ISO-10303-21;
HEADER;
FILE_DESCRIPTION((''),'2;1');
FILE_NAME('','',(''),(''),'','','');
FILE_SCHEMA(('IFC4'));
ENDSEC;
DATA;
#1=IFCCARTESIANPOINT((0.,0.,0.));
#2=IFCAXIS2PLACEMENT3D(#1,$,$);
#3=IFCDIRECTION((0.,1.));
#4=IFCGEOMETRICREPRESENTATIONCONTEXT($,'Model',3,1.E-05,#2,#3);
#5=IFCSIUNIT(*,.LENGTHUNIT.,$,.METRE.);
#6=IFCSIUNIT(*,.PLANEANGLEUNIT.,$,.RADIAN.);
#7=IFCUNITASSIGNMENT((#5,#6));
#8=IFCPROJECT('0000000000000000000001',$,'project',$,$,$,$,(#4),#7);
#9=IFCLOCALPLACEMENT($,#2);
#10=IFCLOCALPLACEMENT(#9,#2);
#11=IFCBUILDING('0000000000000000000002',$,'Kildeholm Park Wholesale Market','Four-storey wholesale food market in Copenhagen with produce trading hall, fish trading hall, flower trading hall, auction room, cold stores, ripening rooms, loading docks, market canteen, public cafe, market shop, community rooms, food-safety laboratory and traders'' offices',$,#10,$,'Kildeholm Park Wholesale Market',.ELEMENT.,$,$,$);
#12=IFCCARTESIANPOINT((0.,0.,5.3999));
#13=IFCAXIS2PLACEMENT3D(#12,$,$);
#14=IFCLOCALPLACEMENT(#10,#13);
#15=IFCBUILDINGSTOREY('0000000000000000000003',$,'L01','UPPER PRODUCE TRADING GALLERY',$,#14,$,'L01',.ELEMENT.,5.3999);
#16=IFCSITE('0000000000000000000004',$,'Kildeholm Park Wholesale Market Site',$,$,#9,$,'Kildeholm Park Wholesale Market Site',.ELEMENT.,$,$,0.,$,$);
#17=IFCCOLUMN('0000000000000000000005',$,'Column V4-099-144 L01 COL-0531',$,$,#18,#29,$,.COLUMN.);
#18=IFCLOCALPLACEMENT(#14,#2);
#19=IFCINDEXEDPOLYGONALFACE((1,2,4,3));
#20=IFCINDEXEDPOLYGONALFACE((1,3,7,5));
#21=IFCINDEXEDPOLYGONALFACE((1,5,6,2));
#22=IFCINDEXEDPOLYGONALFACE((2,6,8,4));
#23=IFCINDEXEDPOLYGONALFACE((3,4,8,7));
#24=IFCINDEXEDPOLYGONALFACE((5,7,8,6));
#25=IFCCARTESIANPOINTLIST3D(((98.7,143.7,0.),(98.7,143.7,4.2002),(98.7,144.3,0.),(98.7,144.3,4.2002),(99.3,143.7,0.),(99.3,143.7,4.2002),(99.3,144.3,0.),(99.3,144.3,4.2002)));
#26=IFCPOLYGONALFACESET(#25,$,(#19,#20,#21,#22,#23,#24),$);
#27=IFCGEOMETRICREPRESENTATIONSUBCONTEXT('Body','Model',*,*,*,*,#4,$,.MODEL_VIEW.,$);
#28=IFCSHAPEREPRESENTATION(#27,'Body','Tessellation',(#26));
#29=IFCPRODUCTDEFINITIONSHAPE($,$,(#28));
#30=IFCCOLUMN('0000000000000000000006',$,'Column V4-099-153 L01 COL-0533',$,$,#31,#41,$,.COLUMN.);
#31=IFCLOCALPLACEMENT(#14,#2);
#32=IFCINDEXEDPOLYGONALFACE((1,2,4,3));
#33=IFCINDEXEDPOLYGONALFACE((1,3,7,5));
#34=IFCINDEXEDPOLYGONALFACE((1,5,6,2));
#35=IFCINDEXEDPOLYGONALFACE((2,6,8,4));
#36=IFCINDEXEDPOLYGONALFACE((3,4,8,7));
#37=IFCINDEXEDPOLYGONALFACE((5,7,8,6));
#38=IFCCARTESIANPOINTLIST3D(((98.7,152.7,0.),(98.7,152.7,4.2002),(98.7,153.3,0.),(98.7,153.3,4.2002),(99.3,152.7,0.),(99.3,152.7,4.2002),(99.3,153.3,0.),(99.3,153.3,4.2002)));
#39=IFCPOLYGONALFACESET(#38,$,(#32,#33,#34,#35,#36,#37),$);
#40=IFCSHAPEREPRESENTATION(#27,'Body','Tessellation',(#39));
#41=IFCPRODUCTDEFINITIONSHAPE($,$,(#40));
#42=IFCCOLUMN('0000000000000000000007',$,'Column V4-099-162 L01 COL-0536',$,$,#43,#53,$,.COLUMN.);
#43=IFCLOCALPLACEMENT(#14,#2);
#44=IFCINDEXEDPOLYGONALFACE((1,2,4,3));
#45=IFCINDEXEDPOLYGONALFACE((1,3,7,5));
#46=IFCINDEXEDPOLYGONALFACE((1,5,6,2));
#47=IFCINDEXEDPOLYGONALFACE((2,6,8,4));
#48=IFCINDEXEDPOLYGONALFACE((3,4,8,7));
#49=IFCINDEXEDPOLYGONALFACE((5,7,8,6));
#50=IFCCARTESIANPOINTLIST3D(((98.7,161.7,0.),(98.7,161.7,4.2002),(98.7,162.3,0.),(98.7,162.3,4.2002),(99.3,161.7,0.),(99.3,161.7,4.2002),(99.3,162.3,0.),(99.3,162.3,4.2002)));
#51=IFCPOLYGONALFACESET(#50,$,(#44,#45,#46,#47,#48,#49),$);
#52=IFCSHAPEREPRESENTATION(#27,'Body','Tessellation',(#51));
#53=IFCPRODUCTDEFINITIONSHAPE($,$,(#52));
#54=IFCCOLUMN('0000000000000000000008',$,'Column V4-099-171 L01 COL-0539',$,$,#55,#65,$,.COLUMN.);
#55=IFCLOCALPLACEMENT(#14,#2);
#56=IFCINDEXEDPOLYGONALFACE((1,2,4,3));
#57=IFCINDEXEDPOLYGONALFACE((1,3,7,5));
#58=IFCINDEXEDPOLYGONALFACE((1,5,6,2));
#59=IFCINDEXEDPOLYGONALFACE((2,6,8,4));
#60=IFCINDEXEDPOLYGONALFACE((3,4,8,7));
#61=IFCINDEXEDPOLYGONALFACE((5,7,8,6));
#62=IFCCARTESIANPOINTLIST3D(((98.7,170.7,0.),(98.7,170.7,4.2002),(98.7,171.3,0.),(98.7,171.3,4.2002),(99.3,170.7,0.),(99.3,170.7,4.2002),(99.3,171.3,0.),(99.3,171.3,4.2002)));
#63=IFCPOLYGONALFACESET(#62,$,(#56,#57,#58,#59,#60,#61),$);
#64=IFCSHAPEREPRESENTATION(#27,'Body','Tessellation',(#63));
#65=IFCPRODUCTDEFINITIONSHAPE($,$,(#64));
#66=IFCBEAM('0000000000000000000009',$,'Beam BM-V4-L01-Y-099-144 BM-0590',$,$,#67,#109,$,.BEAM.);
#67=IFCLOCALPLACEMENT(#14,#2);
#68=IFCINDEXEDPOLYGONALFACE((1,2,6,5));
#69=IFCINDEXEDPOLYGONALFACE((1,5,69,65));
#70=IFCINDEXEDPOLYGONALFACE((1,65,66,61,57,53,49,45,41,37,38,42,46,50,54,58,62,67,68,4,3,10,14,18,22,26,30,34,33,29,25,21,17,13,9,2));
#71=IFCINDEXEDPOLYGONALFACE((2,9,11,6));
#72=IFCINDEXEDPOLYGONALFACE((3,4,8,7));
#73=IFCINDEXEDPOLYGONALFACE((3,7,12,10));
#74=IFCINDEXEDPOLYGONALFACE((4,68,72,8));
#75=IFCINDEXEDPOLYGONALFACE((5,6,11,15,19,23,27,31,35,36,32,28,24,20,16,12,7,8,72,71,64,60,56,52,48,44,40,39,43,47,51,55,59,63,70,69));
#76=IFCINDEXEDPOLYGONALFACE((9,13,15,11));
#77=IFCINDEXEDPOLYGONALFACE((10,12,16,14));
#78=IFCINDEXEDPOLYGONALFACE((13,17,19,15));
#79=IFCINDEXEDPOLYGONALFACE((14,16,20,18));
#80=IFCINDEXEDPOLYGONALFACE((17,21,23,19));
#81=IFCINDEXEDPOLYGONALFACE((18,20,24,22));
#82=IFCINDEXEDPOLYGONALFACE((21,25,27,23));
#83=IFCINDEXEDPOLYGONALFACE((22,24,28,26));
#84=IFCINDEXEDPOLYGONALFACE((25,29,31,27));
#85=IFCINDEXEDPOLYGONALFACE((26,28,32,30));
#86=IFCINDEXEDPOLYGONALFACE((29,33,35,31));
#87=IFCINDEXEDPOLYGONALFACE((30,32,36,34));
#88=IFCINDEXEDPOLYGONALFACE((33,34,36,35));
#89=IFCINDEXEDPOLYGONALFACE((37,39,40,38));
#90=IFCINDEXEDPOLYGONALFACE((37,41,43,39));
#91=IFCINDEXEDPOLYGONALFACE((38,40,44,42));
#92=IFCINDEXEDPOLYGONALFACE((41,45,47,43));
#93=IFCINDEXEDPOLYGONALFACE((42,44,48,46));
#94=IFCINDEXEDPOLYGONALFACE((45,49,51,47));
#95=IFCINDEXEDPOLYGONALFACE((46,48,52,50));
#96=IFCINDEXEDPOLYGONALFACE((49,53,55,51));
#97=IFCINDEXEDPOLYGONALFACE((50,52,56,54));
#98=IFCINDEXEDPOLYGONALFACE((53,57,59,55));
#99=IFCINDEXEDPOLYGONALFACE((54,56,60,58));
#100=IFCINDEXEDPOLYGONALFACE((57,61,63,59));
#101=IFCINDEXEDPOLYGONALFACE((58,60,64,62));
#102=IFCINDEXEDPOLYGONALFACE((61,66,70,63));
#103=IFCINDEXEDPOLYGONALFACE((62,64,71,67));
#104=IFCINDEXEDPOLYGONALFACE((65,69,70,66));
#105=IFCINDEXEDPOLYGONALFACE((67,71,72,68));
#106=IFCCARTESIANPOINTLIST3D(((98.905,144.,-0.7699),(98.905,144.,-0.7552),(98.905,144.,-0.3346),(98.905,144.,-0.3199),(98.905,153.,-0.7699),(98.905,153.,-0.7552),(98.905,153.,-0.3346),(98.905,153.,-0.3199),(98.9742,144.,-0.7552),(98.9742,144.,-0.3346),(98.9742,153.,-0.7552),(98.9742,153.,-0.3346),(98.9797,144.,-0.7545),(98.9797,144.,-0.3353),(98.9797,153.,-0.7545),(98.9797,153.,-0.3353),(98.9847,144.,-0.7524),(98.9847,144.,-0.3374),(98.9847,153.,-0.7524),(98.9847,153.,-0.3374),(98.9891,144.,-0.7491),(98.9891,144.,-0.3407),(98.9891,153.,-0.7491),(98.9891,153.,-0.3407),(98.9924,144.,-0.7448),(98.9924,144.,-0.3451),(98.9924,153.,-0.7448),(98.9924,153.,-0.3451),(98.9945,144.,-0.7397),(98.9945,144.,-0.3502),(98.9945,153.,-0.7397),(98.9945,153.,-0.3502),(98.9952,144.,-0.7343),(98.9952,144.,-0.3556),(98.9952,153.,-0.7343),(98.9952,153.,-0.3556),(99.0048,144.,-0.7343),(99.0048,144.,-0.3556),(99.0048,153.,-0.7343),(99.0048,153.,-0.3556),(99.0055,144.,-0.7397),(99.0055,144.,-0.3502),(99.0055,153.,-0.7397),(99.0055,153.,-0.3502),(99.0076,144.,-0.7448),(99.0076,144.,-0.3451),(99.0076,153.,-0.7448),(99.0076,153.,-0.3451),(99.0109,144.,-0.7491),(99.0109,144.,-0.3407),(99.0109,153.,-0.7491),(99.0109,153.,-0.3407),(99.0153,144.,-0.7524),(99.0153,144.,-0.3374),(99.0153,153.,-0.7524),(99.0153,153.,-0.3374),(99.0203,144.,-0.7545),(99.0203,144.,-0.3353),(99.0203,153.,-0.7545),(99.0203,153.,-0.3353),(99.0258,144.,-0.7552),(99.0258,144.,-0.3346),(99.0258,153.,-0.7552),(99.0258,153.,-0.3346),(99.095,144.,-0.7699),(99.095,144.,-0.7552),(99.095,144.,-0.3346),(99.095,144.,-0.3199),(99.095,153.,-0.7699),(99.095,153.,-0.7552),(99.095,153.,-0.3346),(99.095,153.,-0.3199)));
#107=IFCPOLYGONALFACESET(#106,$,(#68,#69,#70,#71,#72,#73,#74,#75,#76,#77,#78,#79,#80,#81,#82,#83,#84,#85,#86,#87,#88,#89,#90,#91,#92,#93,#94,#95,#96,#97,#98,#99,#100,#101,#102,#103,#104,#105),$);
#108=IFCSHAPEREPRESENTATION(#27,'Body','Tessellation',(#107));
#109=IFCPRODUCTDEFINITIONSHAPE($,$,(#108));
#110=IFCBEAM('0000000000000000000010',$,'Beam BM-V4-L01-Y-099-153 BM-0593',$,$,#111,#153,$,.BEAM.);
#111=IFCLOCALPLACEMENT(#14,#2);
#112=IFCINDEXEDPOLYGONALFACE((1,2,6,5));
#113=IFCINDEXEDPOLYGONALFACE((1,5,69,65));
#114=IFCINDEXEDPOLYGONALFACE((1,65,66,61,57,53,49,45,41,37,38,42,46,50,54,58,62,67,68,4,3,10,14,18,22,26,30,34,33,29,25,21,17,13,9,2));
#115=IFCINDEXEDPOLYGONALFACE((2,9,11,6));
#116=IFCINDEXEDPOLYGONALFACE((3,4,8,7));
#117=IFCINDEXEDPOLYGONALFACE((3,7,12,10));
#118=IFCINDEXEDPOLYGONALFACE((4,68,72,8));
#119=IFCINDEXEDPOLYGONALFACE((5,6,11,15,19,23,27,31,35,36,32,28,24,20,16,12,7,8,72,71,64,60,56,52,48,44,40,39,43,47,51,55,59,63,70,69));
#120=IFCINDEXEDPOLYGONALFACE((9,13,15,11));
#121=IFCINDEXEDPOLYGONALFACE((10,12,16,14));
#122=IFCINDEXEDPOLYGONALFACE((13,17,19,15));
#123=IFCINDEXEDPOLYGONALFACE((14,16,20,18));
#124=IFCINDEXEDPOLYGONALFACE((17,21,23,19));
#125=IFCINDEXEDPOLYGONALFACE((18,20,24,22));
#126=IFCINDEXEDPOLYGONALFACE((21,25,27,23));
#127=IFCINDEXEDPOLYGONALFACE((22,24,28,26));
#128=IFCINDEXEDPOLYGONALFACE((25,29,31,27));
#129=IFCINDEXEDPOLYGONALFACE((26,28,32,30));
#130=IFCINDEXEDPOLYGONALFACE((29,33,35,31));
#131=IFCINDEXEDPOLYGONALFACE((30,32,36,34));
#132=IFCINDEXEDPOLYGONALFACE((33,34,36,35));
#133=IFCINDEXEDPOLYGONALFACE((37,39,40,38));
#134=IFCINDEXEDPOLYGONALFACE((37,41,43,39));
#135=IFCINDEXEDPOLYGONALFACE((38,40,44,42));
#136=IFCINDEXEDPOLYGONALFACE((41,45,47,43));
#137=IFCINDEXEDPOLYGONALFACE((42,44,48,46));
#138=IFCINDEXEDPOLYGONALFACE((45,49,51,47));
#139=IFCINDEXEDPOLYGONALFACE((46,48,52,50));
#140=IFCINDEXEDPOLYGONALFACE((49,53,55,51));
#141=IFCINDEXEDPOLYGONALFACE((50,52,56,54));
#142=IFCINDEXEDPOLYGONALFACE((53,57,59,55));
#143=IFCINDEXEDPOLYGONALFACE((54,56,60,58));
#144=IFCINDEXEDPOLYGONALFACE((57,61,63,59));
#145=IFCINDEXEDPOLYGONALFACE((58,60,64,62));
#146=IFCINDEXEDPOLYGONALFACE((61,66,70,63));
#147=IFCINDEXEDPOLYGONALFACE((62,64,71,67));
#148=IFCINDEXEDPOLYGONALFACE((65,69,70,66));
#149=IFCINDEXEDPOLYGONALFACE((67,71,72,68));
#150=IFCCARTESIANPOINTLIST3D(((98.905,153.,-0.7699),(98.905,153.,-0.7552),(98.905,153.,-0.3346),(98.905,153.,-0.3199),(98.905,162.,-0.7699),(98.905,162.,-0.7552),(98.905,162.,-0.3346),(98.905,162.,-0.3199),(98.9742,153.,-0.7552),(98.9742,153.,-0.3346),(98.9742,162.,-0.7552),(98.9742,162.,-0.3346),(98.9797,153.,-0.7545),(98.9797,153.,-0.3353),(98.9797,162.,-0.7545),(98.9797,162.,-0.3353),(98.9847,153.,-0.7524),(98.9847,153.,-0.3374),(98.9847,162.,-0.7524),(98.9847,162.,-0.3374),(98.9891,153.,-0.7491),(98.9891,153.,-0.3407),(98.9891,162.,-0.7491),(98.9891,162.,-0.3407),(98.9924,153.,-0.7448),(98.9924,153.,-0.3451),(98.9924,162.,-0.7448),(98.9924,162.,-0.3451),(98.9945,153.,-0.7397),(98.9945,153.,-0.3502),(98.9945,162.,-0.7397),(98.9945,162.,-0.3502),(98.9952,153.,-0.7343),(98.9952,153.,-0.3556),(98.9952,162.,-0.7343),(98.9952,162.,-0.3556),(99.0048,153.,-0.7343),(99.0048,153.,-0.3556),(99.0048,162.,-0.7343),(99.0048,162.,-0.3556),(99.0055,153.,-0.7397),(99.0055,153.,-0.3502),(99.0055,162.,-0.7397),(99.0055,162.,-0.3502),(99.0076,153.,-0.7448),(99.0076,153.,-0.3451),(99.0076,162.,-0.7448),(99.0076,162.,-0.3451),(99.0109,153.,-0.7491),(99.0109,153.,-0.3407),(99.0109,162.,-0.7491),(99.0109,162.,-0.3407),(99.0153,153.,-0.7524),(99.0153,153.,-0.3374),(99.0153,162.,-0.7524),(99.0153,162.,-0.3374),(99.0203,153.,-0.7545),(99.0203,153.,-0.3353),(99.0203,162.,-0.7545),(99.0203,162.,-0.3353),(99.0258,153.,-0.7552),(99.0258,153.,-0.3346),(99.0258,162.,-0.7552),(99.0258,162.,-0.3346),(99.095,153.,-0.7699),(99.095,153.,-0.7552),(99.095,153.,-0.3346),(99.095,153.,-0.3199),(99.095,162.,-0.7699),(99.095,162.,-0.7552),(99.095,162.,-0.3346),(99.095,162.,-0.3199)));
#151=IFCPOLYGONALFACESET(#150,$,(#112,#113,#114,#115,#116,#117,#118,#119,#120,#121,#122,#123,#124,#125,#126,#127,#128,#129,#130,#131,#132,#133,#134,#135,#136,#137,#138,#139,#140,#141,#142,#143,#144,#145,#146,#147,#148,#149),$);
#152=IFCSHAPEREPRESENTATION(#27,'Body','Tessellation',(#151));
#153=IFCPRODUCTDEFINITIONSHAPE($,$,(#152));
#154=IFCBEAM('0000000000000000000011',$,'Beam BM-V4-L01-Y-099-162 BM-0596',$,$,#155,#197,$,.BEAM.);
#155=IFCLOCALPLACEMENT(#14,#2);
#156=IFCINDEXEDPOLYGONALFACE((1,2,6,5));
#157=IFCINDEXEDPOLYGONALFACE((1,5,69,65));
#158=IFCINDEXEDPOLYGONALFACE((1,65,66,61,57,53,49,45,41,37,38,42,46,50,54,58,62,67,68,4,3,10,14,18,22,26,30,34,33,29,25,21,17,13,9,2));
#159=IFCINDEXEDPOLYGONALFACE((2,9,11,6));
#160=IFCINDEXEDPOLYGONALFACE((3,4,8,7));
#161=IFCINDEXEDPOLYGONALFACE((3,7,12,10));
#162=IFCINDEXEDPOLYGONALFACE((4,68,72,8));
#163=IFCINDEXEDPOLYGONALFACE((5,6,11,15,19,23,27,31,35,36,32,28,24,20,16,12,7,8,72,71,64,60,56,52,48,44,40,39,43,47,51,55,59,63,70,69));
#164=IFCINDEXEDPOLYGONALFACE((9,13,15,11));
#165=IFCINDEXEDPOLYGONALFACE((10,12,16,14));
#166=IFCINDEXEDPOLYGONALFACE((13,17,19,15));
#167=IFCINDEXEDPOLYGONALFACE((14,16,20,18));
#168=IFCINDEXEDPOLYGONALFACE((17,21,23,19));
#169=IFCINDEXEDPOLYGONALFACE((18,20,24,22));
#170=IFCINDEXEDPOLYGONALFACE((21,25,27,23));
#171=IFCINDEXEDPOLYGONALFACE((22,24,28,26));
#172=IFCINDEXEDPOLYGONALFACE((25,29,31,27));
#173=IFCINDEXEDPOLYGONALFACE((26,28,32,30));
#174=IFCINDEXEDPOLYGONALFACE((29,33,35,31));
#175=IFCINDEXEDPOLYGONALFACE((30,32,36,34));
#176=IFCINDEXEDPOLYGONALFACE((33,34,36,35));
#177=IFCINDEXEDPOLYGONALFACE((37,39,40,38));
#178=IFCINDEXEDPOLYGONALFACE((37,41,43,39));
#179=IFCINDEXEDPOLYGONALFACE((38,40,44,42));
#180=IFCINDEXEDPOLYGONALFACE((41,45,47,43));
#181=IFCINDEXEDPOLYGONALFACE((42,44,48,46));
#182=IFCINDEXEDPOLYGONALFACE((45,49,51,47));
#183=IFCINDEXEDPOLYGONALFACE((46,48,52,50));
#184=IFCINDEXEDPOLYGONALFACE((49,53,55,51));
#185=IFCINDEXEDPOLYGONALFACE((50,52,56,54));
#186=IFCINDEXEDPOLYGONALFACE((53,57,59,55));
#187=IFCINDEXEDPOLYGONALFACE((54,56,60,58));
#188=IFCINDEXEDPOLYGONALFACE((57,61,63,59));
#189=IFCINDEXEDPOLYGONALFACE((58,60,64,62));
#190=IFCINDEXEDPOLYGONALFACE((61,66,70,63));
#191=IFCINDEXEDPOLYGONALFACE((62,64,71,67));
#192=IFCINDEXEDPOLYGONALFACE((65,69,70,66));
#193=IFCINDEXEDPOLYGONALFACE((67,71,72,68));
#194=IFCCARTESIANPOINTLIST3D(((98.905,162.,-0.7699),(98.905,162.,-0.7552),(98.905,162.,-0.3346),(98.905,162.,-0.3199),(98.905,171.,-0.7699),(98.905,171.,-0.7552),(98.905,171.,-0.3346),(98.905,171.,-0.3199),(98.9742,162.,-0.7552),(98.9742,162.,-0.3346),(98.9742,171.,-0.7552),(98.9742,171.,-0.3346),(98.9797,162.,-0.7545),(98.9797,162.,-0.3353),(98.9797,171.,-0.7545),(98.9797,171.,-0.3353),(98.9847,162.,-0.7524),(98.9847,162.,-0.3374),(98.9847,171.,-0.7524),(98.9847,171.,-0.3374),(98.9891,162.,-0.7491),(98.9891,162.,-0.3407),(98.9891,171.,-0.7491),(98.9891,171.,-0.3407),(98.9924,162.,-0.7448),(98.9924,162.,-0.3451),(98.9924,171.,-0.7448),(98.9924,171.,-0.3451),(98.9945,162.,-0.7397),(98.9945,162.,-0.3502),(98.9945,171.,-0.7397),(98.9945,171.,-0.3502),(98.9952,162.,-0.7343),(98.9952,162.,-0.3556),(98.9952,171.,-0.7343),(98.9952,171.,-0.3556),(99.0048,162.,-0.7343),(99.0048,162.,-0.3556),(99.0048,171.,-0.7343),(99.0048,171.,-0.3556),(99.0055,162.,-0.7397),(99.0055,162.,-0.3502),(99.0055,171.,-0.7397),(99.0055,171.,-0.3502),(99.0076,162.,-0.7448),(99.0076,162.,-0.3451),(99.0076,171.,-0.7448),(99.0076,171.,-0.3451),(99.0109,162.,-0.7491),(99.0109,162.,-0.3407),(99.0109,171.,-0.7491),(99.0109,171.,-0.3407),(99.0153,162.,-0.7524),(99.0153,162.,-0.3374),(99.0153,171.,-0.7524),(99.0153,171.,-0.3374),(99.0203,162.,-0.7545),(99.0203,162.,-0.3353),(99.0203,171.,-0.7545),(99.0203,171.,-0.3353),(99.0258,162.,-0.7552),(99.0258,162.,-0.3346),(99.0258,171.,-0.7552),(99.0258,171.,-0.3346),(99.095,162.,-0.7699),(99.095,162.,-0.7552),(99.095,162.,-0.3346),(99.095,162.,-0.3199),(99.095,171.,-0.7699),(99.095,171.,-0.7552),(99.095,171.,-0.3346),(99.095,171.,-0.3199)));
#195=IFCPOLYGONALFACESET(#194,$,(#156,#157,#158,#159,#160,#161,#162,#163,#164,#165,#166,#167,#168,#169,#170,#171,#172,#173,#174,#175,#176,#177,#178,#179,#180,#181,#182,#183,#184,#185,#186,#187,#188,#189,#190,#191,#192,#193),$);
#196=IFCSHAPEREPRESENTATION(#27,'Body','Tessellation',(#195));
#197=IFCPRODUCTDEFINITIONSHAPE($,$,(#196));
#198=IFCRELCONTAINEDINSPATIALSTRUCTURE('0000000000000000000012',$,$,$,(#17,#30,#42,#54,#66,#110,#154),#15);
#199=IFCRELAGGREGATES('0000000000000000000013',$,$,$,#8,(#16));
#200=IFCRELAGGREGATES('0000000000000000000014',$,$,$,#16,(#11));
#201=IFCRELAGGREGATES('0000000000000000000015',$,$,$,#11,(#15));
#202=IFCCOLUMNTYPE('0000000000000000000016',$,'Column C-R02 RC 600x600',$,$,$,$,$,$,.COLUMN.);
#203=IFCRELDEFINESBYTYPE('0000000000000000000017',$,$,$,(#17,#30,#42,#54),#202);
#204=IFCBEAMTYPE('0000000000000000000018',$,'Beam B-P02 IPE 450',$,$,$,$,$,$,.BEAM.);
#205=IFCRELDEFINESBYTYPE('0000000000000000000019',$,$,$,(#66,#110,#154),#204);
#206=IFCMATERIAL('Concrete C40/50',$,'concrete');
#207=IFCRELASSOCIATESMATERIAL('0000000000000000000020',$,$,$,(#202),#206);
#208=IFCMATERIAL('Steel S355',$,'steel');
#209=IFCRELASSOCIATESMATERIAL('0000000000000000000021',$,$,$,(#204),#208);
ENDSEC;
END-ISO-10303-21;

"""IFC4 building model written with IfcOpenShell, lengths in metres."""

from ifc_helpers import new_model, si_unit, direction, frame, origin, origin_2d, place, context, subcontext, project, spatial, rectangle, i_section, extrude, material, material_profile, profile_set, type_object, element, save


model = new_model("IFC4")

# Units and contexts
model_context = context("Model", 3, precision=1e-05, world=origin(), true_north=direction((0.0, 1.0)))
body_context = subcontext(model_context, "Body", "Model", "MODEL_VIEW")
ifc_project = project(units=[si_unit("LENGTHUNIT", "METRE"), si_unit("PLANEANGLEUNIT", "RADIAN")], contexts=[model_context])

# Site, building, storey
site_placement = place(None, origin())
site = spatial("IfcSite", under=ifc_project, at=site_placement, Name="Kildeholm Park Wholesale Market Site", LongName="Kildeholm Park Wholesale Market Site", CompositionType="ELEMENT", RefElevation=0.0)
building_placement = place(site_placement, origin())
building = spatial("IfcBuilding", under=site, at=building_placement, Name="Kildeholm Park Wholesale Market", Description="Four-storey wholesale food market in Copenhagen with produce trading hall, fish trading hall, flower trading hall, auction room, cold stores, ripening rooms, loading docks, market canteen, public cafe, market shop, community rooms, food-safety laboratory and traders' offices", LongName="Kildeholm Park Wholesale Market", CompositionType="ELEMENT")
storey_placement = place(building_placement, frame((0.0, 0.0, 5.3999)))
storey = spatial("IfcBuildingStorey", under=building, at=storey_placement, Name="L01", Description="UPPER PRODUCE TRADING GALLERY", LongName="L01", CompositionType="ELEMENT", Elevation=5.3999)

# Columns
ifc_material_1 = material(Name="Concrete C40/50", Category="concrete")
ifc_material_profile_1 = material_profile(ifc_material_1, rectangle(XDim=0.6001, YDim=0.6001, at=origin_2d()), Name="RC 600x600")
ifc_profile_set_1 = profile_set([ifc_material_profile_1], Name="Concrete C40/50")
column_type = type_object("IfcColumnType", Name="Column C-R02 RC 600x600", PredefinedType="COLUMN", material=ifc_profile_set_1)
for number, where, z_axis, x_axis, name in (
    (1, (99.0, 144.0, 0.0), (0.0, 0.0, 1.0), (1.0, 0.0, 0.0), "Column V4-099-144 L01 COL-0531"),
    (2, (99.0, 153.0, 0.0), (0.0, 0.0, 1.0), (1.0, 0.0, 0.0), "Column V4-099-153 L01 COL-0533"),
    (3, (99.0, 162.0, 0.0), (0.0, 0.0, 1.0), (1.0, 0.0, 0.0), "Column V4-099-162 L01 COL-0536"),
    (4, (99.0, 171.0, 0.0), (0.0, 0.0, 1.0), (1.0, 0.0, 0.0), "Column V4-099-171 L01 COL-0539"),
):
    element("IfcColumn", number, at=place(storey_placement, frame(where, z_axis=z_axis, x_axis=x_axis)), inside=storey, type_object=column_type, Name=name, PredefinedType="COLUMN", context=body_context, shape_type="SweptSolid", body=[
        extrude(rectangle(XDim=0.6001, YDim=0.6001, at=origin_2d()), origin(), (0.0, 0.0, 1.0), 4.2002),
    ])

# Beams
ifc_material_2 = material(Name="Steel S355", Category="steel")
ifc_material_profile_2 = material_profile(ifc_material_2, i_section(OverallWidth=0.1899, OverallDepth=0.45, WebThickness=0.0095, FlangeThickness=0.0146, FilletRadius=0.021, at=origin_2d()), Name="IPE 450")
ifc_profile_set_2 = profile_set([ifc_material_profile_2], Name="Steel S355")
beam_type_1 = type_object("IfcBeamType", Name="Beam B-P02 IPE 450", PredefinedType="BEAM", material=ifc_profile_set_2)
for number, where, z_axis, x_axis, name in (
    (5, (99.0, 144.0, -0.5449), (0.0, 1.0, 0.0), (-1.0, 0.0, 0.0), "Beam BM-V4-L01-Y-099-144 BM-0590"),
    (6, (99.0, 153.0, -0.5449), (0.0, 1.0, 0.0), (-1.0, 0.0, 0.0), "Beam BM-V4-L01-Y-099-153 BM-0593"),
    (7, (99.0, 162.0, -0.5449), (0.0, 1.0, 0.0), (-1.0, 0.0, 0.0), "Beam BM-V4-L01-Y-099-162 BM-0596"),
):
    element("IfcBeam", number, at=place(storey_placement, frame(where, z_axis=z_axis, x_axis=x_axis)), inside=storey, type_object=beam_type_1, Name=name, PredefinedType="BEAM", context=body_context, shape_type="SweptSolid", body=[
        extrude(i_section(OverallWidth=0.1899, OverallDepth=0.45, WebThickness=0.0095, FlangeThickness=0.0146, FilletRadius=0.021, at=origin_2d()), origin(), (0.0, 0.0, 1.0), 9.0),
    ])

save(model, "model.ifc")
